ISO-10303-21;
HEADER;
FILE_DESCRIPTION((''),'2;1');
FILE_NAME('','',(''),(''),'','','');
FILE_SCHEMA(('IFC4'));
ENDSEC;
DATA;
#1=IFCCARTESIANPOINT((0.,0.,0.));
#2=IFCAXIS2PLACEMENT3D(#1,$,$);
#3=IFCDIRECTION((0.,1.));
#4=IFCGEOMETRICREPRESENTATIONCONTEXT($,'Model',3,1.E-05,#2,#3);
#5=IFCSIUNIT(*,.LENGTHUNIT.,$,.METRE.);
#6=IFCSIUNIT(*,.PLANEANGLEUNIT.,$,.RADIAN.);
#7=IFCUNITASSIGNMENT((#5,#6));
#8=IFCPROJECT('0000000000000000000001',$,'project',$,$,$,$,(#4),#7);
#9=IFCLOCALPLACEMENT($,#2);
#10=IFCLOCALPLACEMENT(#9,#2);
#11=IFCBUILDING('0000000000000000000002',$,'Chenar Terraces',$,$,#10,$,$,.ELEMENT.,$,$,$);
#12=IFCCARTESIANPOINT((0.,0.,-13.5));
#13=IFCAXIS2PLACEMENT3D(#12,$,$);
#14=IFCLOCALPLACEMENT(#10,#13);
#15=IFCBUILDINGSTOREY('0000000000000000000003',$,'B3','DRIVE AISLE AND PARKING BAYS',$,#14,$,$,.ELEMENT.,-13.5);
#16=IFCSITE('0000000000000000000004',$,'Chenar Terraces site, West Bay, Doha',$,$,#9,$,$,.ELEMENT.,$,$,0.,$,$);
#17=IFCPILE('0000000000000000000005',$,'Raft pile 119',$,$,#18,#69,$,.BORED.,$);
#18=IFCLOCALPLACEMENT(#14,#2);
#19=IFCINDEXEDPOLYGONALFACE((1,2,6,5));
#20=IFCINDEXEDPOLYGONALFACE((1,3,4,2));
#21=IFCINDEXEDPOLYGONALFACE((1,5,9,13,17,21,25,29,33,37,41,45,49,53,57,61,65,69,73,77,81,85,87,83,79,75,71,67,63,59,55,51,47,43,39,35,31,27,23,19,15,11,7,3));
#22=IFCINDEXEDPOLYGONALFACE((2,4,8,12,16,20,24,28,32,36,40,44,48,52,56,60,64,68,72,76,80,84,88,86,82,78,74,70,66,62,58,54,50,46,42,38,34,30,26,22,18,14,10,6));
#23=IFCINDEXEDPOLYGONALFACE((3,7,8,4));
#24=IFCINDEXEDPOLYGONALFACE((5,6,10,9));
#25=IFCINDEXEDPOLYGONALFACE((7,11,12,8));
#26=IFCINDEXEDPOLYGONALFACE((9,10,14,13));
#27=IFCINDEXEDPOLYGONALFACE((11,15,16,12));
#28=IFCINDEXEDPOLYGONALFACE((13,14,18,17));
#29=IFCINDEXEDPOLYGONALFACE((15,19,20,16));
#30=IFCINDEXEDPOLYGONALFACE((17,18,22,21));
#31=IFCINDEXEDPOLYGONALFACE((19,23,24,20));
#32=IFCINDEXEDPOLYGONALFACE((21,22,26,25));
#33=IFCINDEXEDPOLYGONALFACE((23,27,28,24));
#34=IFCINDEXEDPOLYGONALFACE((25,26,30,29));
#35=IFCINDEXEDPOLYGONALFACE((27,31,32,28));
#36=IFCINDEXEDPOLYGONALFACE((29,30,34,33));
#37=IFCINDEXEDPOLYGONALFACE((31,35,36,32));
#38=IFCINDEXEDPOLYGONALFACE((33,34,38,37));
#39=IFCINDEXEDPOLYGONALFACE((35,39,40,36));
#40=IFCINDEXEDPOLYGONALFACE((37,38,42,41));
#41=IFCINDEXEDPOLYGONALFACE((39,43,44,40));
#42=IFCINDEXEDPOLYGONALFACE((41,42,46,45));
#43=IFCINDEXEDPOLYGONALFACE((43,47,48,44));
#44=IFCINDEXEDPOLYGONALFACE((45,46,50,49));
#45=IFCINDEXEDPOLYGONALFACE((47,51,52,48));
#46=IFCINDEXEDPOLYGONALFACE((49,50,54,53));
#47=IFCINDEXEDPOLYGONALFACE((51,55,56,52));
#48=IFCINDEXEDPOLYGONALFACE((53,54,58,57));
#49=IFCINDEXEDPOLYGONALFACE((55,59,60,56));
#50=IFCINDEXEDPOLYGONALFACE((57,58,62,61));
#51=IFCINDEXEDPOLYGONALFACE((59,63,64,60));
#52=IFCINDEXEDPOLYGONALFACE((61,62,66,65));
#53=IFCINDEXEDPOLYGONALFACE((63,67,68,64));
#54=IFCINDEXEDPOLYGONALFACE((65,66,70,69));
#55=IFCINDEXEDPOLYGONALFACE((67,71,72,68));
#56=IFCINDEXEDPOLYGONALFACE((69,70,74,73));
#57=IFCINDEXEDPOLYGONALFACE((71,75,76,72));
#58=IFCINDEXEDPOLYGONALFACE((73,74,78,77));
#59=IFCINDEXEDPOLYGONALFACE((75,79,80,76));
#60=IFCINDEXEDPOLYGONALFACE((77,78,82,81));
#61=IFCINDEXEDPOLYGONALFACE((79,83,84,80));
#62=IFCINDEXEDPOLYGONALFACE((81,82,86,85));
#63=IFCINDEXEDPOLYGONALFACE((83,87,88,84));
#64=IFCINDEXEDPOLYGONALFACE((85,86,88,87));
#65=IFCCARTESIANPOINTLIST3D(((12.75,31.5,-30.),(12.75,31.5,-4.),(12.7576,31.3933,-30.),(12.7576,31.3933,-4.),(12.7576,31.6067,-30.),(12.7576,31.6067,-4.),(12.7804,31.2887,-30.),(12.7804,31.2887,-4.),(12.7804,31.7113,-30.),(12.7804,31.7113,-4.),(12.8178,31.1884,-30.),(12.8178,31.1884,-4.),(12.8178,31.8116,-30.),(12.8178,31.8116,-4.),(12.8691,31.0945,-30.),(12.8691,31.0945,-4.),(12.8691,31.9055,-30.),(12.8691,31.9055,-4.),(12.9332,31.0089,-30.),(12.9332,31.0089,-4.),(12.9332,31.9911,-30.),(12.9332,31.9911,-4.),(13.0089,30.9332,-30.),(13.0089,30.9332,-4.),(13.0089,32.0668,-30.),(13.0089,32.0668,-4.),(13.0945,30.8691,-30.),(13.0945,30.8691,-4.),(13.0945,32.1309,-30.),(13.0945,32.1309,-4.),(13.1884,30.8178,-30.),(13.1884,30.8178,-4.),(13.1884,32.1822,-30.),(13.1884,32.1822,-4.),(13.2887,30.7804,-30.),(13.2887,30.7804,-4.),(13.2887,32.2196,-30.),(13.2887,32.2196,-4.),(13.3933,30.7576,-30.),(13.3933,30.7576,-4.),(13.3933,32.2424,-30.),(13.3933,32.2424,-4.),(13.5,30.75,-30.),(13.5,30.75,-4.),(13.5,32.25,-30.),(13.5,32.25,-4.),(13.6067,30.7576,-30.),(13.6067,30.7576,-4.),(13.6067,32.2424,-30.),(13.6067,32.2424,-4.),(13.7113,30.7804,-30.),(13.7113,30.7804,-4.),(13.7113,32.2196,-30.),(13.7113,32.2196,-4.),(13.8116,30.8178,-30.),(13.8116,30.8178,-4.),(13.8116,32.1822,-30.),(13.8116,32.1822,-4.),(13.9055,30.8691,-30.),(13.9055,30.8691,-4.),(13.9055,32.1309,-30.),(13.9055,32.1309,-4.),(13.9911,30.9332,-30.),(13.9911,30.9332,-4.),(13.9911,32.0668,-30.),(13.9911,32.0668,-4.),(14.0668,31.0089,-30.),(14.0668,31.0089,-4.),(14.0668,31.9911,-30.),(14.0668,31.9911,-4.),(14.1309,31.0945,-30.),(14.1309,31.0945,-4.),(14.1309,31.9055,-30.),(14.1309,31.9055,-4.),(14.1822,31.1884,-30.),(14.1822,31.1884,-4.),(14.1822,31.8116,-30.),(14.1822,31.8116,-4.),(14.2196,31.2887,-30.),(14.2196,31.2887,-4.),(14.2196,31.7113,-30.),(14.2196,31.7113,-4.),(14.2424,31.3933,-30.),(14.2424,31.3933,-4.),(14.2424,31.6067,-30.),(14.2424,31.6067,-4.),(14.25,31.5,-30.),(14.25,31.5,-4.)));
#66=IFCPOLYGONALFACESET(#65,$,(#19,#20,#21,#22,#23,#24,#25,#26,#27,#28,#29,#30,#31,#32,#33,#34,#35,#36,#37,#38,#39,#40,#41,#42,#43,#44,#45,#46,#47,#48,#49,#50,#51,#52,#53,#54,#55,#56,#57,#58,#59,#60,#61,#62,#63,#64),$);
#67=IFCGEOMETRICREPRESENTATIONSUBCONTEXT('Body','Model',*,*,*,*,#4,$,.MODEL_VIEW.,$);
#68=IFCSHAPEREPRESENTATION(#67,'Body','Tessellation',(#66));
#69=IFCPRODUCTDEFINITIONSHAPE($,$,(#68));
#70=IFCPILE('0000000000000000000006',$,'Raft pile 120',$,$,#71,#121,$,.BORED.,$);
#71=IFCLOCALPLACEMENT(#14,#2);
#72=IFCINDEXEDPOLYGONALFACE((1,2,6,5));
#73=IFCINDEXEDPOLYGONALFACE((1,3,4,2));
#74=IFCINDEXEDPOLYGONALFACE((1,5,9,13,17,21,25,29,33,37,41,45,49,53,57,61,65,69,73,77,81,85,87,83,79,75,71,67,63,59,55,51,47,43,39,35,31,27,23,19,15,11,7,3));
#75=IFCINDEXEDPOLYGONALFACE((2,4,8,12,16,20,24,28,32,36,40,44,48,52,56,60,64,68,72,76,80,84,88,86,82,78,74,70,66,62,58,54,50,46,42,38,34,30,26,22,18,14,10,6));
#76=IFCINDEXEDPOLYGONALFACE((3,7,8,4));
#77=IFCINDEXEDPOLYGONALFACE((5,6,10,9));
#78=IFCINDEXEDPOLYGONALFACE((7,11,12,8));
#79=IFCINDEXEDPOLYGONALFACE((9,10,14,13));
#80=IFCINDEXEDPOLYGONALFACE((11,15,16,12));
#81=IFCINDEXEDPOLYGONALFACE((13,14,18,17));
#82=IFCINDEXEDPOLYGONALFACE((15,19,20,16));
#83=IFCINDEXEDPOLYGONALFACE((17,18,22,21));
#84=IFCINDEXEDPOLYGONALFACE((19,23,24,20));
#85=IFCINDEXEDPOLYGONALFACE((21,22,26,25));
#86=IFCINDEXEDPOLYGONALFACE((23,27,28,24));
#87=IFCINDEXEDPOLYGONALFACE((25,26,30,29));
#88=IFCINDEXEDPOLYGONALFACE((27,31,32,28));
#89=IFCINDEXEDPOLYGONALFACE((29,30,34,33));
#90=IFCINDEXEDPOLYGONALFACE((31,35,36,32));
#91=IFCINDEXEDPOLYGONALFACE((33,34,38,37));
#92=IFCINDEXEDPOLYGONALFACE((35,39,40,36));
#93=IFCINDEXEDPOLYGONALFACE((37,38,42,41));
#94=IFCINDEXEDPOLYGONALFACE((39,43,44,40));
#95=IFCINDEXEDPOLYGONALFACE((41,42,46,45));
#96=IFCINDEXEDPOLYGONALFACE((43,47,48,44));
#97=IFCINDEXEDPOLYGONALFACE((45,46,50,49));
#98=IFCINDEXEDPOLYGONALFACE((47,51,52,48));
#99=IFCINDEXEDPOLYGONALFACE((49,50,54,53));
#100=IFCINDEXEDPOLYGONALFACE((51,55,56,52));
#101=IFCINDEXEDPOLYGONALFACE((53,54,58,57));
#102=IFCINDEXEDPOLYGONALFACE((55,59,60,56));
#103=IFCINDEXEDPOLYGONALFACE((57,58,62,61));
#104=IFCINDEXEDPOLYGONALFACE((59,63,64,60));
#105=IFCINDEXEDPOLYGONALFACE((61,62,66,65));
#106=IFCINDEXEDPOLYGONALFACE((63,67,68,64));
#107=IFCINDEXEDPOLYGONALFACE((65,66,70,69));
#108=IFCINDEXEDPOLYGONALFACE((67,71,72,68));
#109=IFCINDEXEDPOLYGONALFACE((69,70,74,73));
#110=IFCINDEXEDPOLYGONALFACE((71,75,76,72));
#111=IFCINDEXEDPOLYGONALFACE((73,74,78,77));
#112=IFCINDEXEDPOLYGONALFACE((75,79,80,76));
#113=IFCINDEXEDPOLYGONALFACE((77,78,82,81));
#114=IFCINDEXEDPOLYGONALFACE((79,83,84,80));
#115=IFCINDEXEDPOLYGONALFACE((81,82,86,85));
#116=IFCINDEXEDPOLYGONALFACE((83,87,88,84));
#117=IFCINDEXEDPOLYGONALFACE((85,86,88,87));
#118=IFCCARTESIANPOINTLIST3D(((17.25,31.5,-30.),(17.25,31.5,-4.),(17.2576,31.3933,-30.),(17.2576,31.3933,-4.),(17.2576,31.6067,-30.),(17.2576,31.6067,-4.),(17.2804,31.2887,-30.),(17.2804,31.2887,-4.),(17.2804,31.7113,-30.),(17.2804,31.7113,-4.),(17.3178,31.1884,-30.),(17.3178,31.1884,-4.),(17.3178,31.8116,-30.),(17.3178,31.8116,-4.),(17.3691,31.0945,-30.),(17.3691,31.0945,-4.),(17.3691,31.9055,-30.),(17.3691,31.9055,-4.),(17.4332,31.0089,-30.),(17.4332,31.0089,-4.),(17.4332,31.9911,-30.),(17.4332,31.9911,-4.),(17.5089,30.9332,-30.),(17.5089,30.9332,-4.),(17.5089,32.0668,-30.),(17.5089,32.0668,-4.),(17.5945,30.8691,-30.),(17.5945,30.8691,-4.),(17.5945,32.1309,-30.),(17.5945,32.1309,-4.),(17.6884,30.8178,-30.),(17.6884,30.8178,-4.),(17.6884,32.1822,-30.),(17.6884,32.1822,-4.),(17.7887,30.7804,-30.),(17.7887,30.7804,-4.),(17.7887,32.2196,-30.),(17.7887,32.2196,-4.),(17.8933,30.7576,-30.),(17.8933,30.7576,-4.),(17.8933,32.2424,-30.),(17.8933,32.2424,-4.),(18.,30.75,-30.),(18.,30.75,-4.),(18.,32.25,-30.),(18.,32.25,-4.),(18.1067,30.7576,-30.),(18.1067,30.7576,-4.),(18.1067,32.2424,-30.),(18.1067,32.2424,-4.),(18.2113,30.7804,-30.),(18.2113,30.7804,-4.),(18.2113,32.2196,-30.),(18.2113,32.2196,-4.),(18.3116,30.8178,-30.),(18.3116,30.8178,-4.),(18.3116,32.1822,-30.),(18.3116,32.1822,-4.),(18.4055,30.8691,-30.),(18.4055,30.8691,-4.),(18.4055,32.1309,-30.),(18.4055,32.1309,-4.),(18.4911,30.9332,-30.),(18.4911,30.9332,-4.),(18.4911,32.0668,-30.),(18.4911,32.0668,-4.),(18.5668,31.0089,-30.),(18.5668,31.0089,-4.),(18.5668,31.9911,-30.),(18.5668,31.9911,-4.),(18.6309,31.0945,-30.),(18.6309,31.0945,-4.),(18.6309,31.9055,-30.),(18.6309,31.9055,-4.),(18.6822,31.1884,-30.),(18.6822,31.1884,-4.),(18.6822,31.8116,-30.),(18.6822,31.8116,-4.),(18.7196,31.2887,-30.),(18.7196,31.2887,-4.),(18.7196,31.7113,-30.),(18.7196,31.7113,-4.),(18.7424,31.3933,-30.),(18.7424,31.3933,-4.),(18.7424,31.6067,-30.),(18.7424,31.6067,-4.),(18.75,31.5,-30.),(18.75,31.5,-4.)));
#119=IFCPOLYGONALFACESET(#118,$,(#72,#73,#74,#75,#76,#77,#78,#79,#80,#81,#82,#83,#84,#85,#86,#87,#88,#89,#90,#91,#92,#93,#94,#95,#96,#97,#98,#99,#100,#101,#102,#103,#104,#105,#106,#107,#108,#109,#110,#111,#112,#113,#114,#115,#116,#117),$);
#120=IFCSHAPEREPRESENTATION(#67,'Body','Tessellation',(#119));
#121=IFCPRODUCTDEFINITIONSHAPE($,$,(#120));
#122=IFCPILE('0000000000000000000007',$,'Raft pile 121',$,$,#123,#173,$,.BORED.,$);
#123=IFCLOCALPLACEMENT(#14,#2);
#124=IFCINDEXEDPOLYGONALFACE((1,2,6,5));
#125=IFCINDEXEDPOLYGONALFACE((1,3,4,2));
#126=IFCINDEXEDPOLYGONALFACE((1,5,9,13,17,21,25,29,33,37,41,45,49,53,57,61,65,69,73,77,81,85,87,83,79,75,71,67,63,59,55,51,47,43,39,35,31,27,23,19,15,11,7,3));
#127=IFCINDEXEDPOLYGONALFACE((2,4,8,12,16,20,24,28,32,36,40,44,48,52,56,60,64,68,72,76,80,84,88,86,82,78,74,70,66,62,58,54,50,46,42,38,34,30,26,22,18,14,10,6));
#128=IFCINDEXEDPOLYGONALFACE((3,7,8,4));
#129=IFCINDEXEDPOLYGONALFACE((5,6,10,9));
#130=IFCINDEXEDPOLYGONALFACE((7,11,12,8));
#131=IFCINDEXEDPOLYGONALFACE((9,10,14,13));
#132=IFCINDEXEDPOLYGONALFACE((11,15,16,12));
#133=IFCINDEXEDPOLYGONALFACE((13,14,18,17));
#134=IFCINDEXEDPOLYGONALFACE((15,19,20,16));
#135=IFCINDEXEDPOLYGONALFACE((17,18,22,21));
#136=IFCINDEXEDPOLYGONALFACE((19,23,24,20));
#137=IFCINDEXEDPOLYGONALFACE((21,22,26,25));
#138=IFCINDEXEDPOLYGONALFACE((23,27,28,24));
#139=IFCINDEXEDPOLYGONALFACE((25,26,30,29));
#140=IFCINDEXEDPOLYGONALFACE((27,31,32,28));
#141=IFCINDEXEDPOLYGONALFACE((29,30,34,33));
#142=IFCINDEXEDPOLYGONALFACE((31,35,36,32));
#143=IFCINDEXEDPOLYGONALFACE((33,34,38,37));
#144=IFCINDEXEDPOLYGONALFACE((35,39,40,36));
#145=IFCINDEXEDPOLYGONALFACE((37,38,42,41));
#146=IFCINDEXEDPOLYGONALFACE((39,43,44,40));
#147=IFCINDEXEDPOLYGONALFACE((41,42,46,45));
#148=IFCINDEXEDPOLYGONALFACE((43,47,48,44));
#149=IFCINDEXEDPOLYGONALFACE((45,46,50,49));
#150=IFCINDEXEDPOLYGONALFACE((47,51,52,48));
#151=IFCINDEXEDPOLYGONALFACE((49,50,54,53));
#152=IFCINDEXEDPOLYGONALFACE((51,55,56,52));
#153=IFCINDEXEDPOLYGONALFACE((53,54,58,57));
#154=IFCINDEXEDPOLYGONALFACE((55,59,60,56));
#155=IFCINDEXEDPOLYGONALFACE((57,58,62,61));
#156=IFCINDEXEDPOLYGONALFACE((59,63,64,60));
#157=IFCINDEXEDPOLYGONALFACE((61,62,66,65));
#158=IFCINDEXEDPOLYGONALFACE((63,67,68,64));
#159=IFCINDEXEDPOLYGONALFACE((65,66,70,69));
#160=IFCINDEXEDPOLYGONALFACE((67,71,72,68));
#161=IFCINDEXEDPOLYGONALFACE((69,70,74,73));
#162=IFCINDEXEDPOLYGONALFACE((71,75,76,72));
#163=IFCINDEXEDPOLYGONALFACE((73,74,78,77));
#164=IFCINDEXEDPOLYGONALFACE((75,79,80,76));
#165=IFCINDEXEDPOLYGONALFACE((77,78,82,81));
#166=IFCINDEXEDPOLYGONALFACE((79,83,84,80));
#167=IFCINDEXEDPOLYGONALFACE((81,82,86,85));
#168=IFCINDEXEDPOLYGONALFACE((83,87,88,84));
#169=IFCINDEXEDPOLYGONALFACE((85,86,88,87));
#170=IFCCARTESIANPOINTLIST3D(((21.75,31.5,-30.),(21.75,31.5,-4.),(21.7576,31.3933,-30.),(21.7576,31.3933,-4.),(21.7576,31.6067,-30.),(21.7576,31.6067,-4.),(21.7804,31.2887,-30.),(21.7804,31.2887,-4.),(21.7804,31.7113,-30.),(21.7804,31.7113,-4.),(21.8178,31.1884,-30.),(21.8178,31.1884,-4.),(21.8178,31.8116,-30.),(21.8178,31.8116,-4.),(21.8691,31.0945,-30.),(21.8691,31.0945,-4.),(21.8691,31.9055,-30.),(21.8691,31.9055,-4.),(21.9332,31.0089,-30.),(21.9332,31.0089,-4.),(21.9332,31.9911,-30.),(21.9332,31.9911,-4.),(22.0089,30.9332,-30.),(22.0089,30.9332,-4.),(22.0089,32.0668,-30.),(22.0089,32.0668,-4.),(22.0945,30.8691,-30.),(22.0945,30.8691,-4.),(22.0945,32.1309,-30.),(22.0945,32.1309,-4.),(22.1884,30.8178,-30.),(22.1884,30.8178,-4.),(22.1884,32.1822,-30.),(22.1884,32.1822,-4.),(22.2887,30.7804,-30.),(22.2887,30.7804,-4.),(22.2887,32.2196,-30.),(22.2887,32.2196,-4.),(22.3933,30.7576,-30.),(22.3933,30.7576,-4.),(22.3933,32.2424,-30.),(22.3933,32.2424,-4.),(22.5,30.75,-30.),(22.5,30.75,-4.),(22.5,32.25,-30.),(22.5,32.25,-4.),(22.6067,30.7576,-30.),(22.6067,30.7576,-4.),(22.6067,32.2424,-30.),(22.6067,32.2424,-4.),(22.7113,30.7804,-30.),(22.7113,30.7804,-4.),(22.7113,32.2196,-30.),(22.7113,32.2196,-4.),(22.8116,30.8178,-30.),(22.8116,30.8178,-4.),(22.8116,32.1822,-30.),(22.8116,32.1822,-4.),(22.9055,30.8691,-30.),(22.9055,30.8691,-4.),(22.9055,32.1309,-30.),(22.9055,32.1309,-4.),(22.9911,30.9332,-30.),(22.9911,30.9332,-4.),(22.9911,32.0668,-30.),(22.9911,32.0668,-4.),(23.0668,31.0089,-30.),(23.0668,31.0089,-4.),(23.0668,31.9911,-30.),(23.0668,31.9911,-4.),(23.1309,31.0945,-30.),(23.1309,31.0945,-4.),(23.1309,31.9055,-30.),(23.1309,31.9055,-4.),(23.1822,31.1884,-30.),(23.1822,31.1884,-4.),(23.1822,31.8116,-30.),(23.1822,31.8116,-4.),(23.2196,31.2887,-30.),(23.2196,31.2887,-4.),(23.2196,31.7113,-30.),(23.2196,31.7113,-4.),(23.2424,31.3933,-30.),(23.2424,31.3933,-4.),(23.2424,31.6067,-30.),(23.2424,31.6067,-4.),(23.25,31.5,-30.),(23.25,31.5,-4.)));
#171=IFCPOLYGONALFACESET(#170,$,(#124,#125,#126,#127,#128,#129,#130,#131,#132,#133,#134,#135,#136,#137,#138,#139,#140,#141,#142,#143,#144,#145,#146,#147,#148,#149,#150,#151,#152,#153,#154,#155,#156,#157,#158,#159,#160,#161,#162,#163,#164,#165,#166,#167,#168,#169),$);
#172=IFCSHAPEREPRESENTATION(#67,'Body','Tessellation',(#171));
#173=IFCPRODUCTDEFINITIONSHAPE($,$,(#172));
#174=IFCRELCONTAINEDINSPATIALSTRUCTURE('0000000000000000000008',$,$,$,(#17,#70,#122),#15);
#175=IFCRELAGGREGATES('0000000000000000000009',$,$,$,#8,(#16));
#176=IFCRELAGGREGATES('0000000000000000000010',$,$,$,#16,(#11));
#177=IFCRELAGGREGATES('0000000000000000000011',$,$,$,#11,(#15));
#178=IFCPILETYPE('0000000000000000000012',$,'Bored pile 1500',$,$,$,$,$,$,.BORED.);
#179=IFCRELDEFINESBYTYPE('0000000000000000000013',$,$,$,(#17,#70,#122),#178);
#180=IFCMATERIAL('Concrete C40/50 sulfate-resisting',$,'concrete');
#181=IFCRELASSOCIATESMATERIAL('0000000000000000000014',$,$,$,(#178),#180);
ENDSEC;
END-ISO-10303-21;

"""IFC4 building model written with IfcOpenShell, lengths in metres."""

from ifc_helpers import new_model, si_unit, direction, frame, origin, origin_2d, place, context, subcontext, project, spatial, circle, extrude, material, material_profile, profile_set, type_object, element, save


model = new_model("IFC4")

# Units and contexts
model_context = context("Model", 3, precision=1e-05, world=origin(), true_north=direction((0.0, 1.0)))
body_context = subcontext(model_context, "Body", "Model", "MODEL_VIEW")
ifc_project = project(units=[si_unit("LENGTHUNIT", "METRE"), si_unit("PLANEANGLEUNIT", "RADIAN")], contexts=[model_context])

# Site, building, storey
site_placement = place(None, origin())
site = spatial("IfcSite", under=ifc_project, at=site_placement, Name="Chenar Terraces site, West Bay, Doha", CompositionType="ELEMENT", RefElevation=0.0)
building_placement = place(site_placement, origin())
building = spatial("IfcBuilding", under=site, at=building_placement, Name="Chenar Terraces", CompositionType="ELEMENT")
storey_placement = place(building_placement, frame((0.0, 0.0, -13.5)))
storey = spatial("IfcBuildingStorey", under=building, at=storey_placement, Name="B3", Description="DRIVE AISLE AND PARKING BAYS", CompositionType="ELEMENT", Elevation=-13.5)

# Piles
ifc_material_1 = material(Name="Concrete C40/50 sulfate-resisting", Category="concrete")
ifc_material_profile_1 = material_profile(ifc_material_1, circle(Radius=0.75, at=origin_2d()), Name="BP 1500")
ifc_profile_set_1 = profile_set([ifc_material_profile_1], Name="Concrete C40/50 sulfate-resisting")
pile_type = type_object("IfcPileType", Name="Bored pile 1500", PredefinedType="BORED", material=ifc_profile_set_1)
for number, where, z_axis, x_axis, name in (
    (1, (13.5, 31.5, -4.0), (0.0, 0.0, -1.0), (1.0, 0.0, 0.0), "Raft pile 119"),
    (2, (18.0, 31.5, -4.0), (0.0, 0.0, -1.0), (1.0, 0.0, 0.0), "Raft pile 120"),
    (3, (22.5, 31.5, -4.0), (0.0, 0.0, -1.0), (1.0, 0.0, 0.0), "Raft pile 121"),
):
    element("IfcPile", number, at=place(storey_placement, frame(where, z_axis=z_axis, x_axis=x_axis)), inside=storey, type_object=pile_type, Name=name, PredefinedType="BORED", context=body_context, shape_type="SweptSolid", body=[
        extrude(circle(Radius=0.75, at=origin_2d()), origin(), (0.0, 0.0, 1.0), 26.0),
    ])

save(model, "model.ifc")
